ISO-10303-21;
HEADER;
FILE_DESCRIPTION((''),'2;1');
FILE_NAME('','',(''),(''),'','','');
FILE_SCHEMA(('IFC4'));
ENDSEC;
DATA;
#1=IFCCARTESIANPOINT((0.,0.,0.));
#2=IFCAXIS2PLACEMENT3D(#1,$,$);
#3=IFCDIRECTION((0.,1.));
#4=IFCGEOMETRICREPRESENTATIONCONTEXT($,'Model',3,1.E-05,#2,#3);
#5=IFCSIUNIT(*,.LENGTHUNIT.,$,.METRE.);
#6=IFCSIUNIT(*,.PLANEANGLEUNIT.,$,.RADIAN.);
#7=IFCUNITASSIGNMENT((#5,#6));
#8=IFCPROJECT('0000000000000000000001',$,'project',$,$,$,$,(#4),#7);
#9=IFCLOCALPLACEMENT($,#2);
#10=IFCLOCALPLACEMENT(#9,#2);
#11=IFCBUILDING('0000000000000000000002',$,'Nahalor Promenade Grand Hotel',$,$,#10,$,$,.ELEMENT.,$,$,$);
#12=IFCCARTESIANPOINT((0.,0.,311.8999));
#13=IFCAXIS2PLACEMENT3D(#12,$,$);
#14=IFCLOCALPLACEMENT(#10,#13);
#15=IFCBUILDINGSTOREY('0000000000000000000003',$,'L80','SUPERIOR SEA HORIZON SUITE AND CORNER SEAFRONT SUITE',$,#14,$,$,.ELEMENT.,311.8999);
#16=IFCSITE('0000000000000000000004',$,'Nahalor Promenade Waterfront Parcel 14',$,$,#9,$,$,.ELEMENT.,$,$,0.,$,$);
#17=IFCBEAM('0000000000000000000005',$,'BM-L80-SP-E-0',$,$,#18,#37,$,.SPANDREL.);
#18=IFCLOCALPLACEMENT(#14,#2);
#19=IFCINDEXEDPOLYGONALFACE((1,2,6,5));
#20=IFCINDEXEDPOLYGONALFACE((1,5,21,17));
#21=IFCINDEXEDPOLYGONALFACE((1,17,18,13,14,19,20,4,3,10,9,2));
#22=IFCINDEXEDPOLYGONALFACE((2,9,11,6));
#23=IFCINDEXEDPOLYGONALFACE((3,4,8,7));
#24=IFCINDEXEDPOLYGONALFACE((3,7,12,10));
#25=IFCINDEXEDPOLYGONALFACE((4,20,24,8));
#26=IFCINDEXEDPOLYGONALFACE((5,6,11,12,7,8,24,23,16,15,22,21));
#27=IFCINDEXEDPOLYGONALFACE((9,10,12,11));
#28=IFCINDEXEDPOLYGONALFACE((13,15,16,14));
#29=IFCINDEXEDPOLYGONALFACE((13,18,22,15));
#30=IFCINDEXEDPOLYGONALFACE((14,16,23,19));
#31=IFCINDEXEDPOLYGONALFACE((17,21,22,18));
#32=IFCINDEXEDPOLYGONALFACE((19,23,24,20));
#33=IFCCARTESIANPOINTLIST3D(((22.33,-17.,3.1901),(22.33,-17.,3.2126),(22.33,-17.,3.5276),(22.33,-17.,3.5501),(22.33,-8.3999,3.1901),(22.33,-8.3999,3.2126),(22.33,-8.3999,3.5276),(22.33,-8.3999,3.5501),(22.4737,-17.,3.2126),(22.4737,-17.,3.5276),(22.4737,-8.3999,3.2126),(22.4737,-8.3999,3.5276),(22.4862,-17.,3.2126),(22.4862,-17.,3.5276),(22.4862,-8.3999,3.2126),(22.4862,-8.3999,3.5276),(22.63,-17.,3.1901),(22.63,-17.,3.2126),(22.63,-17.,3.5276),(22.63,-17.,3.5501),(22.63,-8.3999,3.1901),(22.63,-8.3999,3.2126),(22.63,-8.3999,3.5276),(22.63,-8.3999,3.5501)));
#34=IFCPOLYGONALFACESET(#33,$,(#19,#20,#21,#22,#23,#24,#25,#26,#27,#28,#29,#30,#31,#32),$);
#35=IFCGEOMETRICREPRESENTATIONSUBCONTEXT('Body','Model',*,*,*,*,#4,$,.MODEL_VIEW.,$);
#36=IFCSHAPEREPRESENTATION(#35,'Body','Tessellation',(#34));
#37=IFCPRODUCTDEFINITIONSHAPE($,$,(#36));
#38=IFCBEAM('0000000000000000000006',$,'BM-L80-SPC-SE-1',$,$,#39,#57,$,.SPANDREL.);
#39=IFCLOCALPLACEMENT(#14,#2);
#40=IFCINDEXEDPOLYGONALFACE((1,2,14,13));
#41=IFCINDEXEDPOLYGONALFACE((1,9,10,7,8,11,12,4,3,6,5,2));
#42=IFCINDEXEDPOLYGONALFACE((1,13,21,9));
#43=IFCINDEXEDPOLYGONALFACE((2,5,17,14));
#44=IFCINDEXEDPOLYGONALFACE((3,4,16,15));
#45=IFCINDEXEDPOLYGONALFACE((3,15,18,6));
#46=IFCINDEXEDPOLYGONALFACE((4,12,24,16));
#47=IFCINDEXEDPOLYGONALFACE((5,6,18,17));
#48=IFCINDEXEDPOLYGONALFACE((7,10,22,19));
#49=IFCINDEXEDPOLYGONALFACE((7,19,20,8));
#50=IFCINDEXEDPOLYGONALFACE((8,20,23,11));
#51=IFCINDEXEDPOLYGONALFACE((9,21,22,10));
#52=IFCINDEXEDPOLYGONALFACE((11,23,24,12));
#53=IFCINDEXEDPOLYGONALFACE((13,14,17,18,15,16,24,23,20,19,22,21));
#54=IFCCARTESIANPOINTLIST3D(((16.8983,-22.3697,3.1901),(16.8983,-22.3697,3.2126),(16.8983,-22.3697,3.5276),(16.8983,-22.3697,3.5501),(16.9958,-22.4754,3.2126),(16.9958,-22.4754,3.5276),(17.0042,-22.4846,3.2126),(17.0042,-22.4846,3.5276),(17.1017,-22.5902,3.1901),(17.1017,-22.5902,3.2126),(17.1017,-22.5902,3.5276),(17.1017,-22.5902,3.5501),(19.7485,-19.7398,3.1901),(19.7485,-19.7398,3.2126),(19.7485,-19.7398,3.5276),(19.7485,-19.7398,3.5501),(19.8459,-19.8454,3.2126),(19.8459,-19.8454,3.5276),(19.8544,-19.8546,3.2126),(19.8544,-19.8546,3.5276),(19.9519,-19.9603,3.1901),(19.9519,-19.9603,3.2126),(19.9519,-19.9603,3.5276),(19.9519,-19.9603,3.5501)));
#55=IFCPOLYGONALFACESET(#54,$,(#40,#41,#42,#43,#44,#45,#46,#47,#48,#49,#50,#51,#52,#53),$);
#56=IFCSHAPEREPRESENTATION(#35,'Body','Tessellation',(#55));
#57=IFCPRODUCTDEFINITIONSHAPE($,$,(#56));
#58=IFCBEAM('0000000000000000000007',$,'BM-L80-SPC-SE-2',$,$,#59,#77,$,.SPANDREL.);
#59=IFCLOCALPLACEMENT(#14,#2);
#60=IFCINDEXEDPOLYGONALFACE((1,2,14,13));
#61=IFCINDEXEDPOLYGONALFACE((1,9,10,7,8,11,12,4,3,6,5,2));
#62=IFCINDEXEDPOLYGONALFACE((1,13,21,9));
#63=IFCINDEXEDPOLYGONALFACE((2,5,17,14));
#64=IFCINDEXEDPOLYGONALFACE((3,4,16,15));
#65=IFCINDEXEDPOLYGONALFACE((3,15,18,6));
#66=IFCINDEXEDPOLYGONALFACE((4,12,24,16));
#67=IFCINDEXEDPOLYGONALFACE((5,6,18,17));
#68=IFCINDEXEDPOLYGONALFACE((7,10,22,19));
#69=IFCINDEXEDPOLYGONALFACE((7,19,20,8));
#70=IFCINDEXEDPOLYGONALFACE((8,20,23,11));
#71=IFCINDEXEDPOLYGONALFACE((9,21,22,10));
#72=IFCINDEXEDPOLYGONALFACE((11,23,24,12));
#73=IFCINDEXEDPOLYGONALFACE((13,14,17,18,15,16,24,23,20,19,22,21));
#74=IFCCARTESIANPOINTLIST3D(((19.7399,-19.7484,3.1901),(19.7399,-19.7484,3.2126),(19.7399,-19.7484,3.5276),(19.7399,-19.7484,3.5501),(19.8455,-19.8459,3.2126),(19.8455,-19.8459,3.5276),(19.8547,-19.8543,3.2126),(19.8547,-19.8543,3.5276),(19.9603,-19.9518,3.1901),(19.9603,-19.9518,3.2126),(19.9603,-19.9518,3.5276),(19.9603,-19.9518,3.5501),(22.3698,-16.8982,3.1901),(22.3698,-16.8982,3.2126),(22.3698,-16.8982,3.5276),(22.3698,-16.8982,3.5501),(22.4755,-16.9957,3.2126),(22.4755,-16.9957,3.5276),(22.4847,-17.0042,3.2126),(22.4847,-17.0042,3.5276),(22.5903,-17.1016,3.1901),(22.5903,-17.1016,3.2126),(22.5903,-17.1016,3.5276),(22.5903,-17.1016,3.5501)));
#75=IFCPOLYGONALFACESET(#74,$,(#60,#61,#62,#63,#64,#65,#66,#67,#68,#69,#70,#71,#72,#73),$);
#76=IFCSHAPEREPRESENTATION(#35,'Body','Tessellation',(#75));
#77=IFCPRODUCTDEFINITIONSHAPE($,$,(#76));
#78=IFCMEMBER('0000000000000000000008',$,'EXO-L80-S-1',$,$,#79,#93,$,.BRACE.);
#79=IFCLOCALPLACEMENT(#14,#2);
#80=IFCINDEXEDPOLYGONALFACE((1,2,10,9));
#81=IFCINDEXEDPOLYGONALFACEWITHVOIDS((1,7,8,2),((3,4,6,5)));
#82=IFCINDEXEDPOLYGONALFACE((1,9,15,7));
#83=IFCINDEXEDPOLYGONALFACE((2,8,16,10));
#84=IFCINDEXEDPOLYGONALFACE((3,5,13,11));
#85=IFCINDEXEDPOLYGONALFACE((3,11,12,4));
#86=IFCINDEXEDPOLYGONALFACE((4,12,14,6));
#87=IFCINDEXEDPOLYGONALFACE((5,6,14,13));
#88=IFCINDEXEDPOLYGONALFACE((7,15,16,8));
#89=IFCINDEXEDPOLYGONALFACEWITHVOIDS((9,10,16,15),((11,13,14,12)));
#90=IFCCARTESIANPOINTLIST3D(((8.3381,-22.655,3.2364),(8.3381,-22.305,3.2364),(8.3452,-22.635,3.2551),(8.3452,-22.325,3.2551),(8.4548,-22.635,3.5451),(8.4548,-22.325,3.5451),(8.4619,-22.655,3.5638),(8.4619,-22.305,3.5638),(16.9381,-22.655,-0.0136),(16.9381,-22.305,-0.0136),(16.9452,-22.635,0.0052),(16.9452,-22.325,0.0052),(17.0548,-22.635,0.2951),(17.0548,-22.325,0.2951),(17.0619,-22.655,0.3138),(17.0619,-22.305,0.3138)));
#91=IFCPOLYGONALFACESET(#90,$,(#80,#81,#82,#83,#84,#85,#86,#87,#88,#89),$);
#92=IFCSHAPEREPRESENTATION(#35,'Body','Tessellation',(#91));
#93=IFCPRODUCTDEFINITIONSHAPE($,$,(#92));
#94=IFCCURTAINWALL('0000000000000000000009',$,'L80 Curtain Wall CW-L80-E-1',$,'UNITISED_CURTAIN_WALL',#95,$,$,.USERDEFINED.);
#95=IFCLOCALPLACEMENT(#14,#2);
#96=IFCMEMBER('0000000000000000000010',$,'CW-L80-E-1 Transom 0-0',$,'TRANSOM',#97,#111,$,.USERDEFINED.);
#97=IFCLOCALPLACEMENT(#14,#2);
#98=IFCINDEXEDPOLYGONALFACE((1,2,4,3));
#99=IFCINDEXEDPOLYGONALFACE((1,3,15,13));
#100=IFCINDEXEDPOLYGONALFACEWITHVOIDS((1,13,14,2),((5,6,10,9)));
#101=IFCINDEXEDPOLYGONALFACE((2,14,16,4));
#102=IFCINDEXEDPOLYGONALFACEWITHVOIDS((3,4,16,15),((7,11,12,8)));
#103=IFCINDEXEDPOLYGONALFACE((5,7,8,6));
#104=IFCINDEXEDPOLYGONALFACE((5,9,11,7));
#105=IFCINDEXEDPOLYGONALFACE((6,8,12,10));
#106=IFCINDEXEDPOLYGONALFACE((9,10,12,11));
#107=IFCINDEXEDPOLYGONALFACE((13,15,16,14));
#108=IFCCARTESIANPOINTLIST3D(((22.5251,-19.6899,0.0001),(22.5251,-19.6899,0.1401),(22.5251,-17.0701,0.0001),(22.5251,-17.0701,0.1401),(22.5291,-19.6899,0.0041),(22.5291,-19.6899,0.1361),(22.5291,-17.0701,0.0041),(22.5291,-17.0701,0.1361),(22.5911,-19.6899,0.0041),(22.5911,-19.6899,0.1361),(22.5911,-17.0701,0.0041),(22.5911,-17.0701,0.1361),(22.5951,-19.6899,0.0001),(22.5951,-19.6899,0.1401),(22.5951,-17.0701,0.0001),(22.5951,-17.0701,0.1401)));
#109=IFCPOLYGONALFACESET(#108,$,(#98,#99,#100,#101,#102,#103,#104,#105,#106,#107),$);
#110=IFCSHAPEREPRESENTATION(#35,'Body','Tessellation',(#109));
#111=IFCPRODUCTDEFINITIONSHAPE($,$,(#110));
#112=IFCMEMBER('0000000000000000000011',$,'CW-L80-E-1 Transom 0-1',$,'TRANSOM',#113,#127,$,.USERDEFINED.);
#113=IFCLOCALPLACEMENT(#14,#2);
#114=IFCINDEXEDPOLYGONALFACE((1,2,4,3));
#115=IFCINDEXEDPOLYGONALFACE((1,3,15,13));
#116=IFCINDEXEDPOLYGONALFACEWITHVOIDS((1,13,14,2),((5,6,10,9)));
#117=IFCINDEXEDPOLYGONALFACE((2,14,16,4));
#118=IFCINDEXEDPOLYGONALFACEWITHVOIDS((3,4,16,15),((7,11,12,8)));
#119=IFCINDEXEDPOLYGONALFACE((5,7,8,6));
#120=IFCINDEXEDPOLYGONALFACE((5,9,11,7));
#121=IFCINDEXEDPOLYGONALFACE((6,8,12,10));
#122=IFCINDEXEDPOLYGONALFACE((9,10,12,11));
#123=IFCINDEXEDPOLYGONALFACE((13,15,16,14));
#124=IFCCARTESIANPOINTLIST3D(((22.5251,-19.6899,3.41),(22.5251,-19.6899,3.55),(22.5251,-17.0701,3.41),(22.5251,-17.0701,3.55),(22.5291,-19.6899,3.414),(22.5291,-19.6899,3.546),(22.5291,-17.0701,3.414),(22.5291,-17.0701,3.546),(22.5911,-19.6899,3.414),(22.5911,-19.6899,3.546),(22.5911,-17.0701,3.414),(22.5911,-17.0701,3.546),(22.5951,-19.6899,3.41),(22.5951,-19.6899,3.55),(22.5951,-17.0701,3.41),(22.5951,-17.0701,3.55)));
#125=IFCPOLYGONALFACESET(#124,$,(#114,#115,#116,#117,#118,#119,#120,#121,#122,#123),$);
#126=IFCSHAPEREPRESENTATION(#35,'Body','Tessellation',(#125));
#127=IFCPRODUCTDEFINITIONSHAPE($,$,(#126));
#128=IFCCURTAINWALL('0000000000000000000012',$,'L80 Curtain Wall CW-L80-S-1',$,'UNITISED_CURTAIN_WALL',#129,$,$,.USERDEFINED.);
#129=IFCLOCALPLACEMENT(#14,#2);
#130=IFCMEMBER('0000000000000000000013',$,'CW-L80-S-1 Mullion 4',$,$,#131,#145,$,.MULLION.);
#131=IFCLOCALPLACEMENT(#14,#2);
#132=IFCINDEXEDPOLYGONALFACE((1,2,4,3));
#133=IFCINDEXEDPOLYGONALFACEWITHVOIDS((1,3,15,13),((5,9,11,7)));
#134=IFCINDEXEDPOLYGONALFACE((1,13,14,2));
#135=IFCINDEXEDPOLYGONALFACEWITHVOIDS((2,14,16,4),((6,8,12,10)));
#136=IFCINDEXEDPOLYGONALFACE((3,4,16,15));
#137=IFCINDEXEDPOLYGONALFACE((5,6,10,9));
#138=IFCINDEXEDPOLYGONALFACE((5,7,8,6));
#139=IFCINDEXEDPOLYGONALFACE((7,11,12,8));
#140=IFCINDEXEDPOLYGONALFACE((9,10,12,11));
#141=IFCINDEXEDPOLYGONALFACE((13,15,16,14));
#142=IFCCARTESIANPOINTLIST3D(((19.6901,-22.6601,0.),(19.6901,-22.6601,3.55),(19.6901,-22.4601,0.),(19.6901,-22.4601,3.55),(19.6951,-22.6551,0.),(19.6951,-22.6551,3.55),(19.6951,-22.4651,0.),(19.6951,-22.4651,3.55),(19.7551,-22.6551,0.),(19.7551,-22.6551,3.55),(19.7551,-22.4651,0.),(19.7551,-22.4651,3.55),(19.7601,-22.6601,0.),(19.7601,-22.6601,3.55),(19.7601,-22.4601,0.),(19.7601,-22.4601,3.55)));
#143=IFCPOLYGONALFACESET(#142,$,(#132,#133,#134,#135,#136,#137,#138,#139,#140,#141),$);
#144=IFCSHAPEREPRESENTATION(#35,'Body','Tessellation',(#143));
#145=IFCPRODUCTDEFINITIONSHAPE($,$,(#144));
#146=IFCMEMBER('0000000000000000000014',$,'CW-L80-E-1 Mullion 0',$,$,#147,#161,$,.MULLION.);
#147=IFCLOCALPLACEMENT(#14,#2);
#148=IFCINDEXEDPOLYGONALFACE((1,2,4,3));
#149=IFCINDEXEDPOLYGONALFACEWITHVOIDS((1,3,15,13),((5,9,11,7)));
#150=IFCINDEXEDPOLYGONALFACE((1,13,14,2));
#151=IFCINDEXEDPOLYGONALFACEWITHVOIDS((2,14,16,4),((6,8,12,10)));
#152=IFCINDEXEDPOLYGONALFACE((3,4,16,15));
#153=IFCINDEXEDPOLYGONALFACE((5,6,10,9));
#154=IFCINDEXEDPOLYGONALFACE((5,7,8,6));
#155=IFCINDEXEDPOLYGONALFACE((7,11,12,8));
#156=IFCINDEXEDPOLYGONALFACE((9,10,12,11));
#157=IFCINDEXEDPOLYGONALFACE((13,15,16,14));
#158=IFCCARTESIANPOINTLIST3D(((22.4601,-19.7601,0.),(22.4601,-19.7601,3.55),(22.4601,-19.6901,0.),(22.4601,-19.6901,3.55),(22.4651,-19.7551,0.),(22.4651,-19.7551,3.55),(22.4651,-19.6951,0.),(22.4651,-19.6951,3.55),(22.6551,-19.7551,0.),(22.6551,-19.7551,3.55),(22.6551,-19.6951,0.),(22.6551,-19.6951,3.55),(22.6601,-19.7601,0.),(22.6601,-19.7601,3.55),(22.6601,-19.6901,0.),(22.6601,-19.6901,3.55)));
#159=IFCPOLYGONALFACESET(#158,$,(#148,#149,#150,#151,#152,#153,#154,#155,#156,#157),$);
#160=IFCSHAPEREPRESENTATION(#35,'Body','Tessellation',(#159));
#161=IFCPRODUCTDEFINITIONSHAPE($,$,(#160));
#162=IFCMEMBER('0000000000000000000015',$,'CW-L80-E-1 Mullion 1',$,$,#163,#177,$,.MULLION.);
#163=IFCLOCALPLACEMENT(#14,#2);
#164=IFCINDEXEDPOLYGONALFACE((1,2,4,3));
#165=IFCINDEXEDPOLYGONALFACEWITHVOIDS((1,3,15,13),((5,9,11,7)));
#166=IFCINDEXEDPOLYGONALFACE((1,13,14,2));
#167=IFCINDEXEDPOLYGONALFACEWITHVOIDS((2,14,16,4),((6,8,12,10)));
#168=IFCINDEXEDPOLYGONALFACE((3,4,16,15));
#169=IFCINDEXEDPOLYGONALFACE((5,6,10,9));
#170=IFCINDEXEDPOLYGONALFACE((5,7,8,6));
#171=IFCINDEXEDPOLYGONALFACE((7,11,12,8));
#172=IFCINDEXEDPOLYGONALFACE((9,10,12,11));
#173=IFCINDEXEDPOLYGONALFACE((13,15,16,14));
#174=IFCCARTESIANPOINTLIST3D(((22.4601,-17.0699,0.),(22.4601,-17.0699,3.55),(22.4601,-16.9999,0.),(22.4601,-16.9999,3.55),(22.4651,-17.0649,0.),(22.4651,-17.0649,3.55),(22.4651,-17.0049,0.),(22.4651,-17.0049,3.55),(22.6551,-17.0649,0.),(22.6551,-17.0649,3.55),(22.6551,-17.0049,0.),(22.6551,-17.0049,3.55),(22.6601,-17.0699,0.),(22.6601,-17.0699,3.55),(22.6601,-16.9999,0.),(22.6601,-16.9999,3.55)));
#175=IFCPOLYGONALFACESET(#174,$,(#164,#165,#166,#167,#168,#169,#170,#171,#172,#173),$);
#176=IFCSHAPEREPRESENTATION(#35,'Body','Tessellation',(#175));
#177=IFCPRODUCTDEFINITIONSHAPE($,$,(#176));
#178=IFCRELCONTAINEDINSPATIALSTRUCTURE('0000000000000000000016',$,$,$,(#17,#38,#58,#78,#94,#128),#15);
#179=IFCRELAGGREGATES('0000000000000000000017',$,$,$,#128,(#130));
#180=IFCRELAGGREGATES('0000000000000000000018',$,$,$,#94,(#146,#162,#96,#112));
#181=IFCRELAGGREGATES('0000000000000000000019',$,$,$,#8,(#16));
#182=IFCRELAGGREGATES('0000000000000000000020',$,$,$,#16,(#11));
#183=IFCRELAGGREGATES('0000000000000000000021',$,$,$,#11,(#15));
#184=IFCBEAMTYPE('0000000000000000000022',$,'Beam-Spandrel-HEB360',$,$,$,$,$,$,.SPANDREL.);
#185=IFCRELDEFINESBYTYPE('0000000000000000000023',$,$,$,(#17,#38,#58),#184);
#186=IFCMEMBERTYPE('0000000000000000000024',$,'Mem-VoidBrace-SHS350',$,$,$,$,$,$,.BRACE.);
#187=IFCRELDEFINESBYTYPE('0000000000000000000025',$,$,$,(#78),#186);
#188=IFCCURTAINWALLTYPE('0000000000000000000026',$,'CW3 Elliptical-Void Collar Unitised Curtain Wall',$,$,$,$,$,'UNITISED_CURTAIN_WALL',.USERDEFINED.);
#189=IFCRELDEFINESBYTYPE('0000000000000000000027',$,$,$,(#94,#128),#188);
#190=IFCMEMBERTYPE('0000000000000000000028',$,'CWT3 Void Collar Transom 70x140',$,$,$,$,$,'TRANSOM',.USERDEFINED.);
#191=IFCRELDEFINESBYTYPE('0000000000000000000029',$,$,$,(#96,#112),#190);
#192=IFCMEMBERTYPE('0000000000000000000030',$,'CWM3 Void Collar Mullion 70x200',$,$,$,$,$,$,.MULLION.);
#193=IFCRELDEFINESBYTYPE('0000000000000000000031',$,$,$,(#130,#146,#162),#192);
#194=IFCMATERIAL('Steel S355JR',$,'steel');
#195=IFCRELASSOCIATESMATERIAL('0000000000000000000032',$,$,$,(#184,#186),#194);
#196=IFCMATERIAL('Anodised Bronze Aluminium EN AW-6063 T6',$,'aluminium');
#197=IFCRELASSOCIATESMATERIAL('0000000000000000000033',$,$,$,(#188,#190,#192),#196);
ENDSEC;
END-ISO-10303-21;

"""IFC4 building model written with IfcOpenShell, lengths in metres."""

from ifc_helpers import new_model, si_unit, direction, frame, origin, origin_2d, place, context, subcontext, project, spatial, hollow_rectangle, i_section, extrude, source, transform, mapped, material, material_profile, profile_set, type_object, element, aggregate, save


model = new_model("IFC4")

# Units and contexts
model_context = context("Model", 3, precision=1e-05, world=origin(), true_north=direction((0.0, 1.0)))
body_context = subcontext(model_context, "Body", "Model", "MODEL_VIEW")
ifc_project = project(units=[si_unit("LENGTHUNIT", "METRE"), si_unit("PLANEANGLEUNIT", "RADIAN")], contexts=[model_context])

# Site, building, storey
site_placement = place(None, origin())
site = spatial("IfcSite", under=ifc_project, at=site_placement, Name="Nahalor Promenade Waterfront Parcel 14", CompositionType="ELEMENT", RefElevation=0.0)
building_placement = place(site_placement, origin())
building = spatial("IfcBuilding", under=site, at=building_placement, Name="Nahalor Promenade Grand Hotel", CompositionType="ELEMENT")
storey_placement = place(building_placement, frame((0.0, 0.0, 311.8999)))
storey = spatial("IfcBuildingStorey", under=building, at=storey_placement, Name="L80", Description="SUPERIOR SEA HORIZON SUITE AND CORNER SEAFRONT SUITE", CompositionType="ELEMENT", Elevation=311.8999)

# Shared definitions
ifc_material_1 = material(Name="Steel S355JR", Category="steel")

# Beams
ifc_material_profile_1 = material_profile(ifc_material_1, i_section(OverallWidth=0.3, OverallDepth=0.36, WebThickness=0.0125, FlangeThickness=0.0225, at=origin_2d()), Name="HEB 360")
ifc_profile_set_1 = profile_set([ifc_material_profile_1], Name="Steel S355JR")
beam_type_1 = type_object("IfcBeamType", Name="Beam-Spandrel-HEB360", PredefinedType="SPANDREL", material=ifc_profile_set_1)
shared_shape_1 = source(origin(), body_context, "Body", "SweptSolid", [
    extrude(i_section(OverallWidth=0.3, OverallDepth=0.36, WebThickness=0.0125, FlangeThickness=0.0225, at=origin_2d()), origin(), (0.0, 0.0, 1.0), 8.6001),
])
beam_1_placement = place(storey_placement, frame((22.48, -17.0, 3.3701), z_axis=(0.0, 1.0, 0.0), x_axis=(-1.0, 0.0, 0.0)))
element("IfcBeam", 1, at=beam_1_placement, inside=storey, type_object=beam_type_1, Name="BM-L80-SP-E-0", PredefinedType="SPANDREL", context=body_context, shape_type="MappedRepresentation", body=[
    mapped(shared_shape_1, transform((0.0, 0.0, 0.0), scale=1.0)),
])
shared_shape_2 = source(origin(), body_context, "Body", "SweptSolid", [
    extrude(i_section(OverallWidth=0.3, OverallDepth=0.36, WebThickness=0.0125, FlangeThickness=0.0225, at=origin_2d()), origin(), (0.0, 0.0, 1.0), 3.8782),
])
for number, where, z_axis, x_axis, name in (
    (2, (17.0, -22.48, 3.3701), (0.734929, 0.678144, 0.0), (-0.678144, 0.734929, 0.0), "BM-L80-SPC-SE-1"),
    (3, (19.8501, -19.8501, 3.3701), (0.678144, 0.734929, 0.0), (-0.734929, 0.678144, 0.0), "BM-L80-SPC-SE-2"),
):
    element("IfcBeam", number, at=place(storey_placement, frame(where, z_axis=z_axis, x_axis=x_axis)), inside=storey, type_object=beam_type_1, Name=name, PredefinedType="SPANDREL", context=body_context, shape_type="MappedRepresentation", body=[
        mapped(shared_shape_2, transform((0.0, 0.0, 0.0), scale=1.0)),
    ])

# Member
ifc_material_profile_2 = material_profile(ifc_material_1, hollow_rectangle(XDim=0.35, YDim=0.35, WallThickness=0.02, at=origin_2d()), Name="SHS 350x350x20")
ifc_profile_set_2 = profile_set([ifc_material_profile_2], Name="Steel S355JR")
member_type_1 = type_object("IfcMemberType", Name="Mem-VoidBrace-SHS350", PredefinedType="BRACE", material=ifc_profile_set_2)
shared_shape_3 = source(origin(), body_context, "Body", "SweptSolid", [
    extrude(hollow_rectangle(XDim=0.35, YDim=0.35, WallThickness=0.02, at=origin_2d()), origin(), (0.0, 0.0, 1.0), 9.1936),
])
member_1_placement = place(storey_placement, frame((17.0, -22.48, 0.1501), z_axis=(-0.935433, 0.0, 0.353503), x_axis=(0.0, -1.0, 0.0)))
element("IfcMember", 4, at=member_1_placement, inside=storey, type_object=member_type_1, Name="EXO-L80-S-1", PredefinedType="BRACE", context=body_context, shape_type="MappedRepresentation", body=[
    mapped(shared_shape_3, transform((0.0, 0.0, 0.0), scale=1.0)),
])

# Curtain wall, members
ifc_material_2 = material(Name="Anodised Bronze Aluminium EN AW-6063 T6", Category="aluminium")
curtain_wall_type = type_object("IfcCurtainWallType", Name="CW3 Elliptical-Void Collar Unitised Curtain Wall", ElementType="UNITISED_CURTAIN_WALL", PredefinedType="USERDEFINED", material=ifc_material_2)
curtain_wall_1_placement = place(storey_placement, origin())
curtain_wall_1 = element("IfcCurtainWall", 5, at=curtain_wall_1_placement, inside=storey, type_object=curtain_wall_type, Name="L80 Curtain Wall CW-L80-E-1", ObjectType="UNITISED_CURTAIN_WALL", PredefinedType="USERDEFINED")
ifc_material_profile_3 = material_profile(ifc_material_2, hollow_rectangle(XDim=0.07, YDim=0.14, WallThickness=0.004, at=origin_2d()), Name="CWT 70x140x4")
ifc_profile_set_3 = profile_set([ifc_material_profile_3], Name="Anodised Bronze Aluminium EN AW-6063 T6")
member_type_2 = type_object("IfcMemberType", Name="CWT3 Void Collar Transom 70x140", ElementType="TRANSOM", PredefinedType="USERDEFINED", material=ifc_profile_set_3)
shared_shape_4 = source(origin(), body_context, "Body", "SweptSolid", [
    extrude(hollow_rectangle(XDim=0.07, YDim=0.14, WallThickness=0.004, at=origin_2d()), origin(), (0.0, 0.0, 1.0), 2.6199),
])
member_2_placement = place(storey_placement, frame((22.5601, -19.6899, 0.0701), z_axis=(0.0, 1.0, 0.0), x_axis=(-1.0, 0.0, 0.0)))
member_2 = element("IfcMember", 6, at=member_2_placement, type_object=member_type_2, Name="CW-L80-E-1 Transom 0-0", ObjectType="TRANSOM", PredefinedType="USERDEFINED", context=body_context, shape_type="MappedRepresentation", body=[
    mapped(shared_shape_4, transform((0.0, 0.0, 0.0), scale=1.0)),
])
member_3_placement = place(storey_placement, frame((22.5601, -19.6899, 3.48), z_axis=(0.0, 1.0, 0.0), x_axis=(-1.0, 0.0, 0.0)))
member_3 = element("IfcMember", 7, at=member_3_placement, type_object=member_type_2, Name="CW-L80-E-1 Transom 0-1", ObjectType="TRANSOM", PredefinedType="USERDEFINED", context=body_context, shape_type="MappedRepresentation", body=[
    mapped(shared_shape_4, transform((0.0, 0.0, 0.0), scale=1.0)),
])

# Curtain wall, member
curtain_wall_2_placement = place(storey_placement, origin())
curtain_wall_2 = element("IfcCurtainWall", 8, at=curtain_wall_2_placement, inside=storey, type_object=curtain_wall_type, Name="L80 Curtain Wall CW-L80-S-1", ObjectType="UNITISED_CURTAIN_WALL", PredefinedType="USERDEFINED")
ifc_material_profile_4 = material_profile(ifc_material_2, hollow_rectangle(XDim=0.07, YDim=0.2, WallThickness=0.005, at=origin_2d()), Name="CWM 70x200x5")
ifc_profile_set_4 = profile_set([ifc_material_profile_4], Name="Anodised Bronze Aluminium EN AW-6063 T6")
member_type_3 = type_object("IfcMemberType", Name="CWM3 Void Collar Mullion 70x200", PredefinedType="MULLION", material=ifc_profile_set_4)
shared_shape_5 = source(origin(), body_context, "Body", "SweptSolid", [
    extrude(hollow_rectangle(XDim=0.07, YDim=0.2, WallThickness=0.005, at=origin_2d()), origin(), (0.0, 0.0, 1.0), 3.55),
])
member_4_placement = place(storey_placement, frame((19.7251, -22.5601, 0.0), z_axis=(0.0, 0.0, 1.0), x_axis=(1.0, 0.0, 0.0)))
member_4 = element("IfcMember", 9, at=member_4_placement, type_object=member_type_3, Name="CW-L80-S-1 Mullion 4", PredefinedType="MULLION", context=body_context, shape_type="MappedRepresentation", body=[
    mapped(shared_shape_5, transform((0.0, 0.0, 0.0), scale=1.0)),
])

# Members
member_5_placement = place(storey_placement, frame((22.5601, -19.7251, 0.0), z_axis=(0.0, 0.0, 1.0), x_axis=(0.0, 1.0, 0.0)))
member_5 = element("IfcMember", 10, at=member_5_placement, type_object=member_type_3, Name="CW-L80-E-1 Mullion 0", PredefinedType="MULLION", context=body_context, shape_type="MappedRepresentation", body=[
    mapped(shared_shape_5, transform((0.0, 0.0, 0.0), scale=1.0)),
])
member_6_placement = place(storey_placement, frame((22.5601, -17.0349, 0.0), z_axis=(0.0, 0.0, 1.0), x_axis=(0.0, 1.0, 0.0)))
member_6 = element("IfcMember", 11, at=member_6_placement, type_object=member_type_3, Name="CW-L80-E-1 Mullion 1", PredefinedType="MULLION", context=body_context, shape_type="MappedRepresentation", body=[
    mapped(shared_shape_5, transform((0.0, 0.0, 0.0), scale=1.0)),
])

aggregate(curtain_wall_2, [member_4])
aggregate(curtain_wall_1, [member_5, member_6, member_2, member_3])

save(model, "model.ifc")
